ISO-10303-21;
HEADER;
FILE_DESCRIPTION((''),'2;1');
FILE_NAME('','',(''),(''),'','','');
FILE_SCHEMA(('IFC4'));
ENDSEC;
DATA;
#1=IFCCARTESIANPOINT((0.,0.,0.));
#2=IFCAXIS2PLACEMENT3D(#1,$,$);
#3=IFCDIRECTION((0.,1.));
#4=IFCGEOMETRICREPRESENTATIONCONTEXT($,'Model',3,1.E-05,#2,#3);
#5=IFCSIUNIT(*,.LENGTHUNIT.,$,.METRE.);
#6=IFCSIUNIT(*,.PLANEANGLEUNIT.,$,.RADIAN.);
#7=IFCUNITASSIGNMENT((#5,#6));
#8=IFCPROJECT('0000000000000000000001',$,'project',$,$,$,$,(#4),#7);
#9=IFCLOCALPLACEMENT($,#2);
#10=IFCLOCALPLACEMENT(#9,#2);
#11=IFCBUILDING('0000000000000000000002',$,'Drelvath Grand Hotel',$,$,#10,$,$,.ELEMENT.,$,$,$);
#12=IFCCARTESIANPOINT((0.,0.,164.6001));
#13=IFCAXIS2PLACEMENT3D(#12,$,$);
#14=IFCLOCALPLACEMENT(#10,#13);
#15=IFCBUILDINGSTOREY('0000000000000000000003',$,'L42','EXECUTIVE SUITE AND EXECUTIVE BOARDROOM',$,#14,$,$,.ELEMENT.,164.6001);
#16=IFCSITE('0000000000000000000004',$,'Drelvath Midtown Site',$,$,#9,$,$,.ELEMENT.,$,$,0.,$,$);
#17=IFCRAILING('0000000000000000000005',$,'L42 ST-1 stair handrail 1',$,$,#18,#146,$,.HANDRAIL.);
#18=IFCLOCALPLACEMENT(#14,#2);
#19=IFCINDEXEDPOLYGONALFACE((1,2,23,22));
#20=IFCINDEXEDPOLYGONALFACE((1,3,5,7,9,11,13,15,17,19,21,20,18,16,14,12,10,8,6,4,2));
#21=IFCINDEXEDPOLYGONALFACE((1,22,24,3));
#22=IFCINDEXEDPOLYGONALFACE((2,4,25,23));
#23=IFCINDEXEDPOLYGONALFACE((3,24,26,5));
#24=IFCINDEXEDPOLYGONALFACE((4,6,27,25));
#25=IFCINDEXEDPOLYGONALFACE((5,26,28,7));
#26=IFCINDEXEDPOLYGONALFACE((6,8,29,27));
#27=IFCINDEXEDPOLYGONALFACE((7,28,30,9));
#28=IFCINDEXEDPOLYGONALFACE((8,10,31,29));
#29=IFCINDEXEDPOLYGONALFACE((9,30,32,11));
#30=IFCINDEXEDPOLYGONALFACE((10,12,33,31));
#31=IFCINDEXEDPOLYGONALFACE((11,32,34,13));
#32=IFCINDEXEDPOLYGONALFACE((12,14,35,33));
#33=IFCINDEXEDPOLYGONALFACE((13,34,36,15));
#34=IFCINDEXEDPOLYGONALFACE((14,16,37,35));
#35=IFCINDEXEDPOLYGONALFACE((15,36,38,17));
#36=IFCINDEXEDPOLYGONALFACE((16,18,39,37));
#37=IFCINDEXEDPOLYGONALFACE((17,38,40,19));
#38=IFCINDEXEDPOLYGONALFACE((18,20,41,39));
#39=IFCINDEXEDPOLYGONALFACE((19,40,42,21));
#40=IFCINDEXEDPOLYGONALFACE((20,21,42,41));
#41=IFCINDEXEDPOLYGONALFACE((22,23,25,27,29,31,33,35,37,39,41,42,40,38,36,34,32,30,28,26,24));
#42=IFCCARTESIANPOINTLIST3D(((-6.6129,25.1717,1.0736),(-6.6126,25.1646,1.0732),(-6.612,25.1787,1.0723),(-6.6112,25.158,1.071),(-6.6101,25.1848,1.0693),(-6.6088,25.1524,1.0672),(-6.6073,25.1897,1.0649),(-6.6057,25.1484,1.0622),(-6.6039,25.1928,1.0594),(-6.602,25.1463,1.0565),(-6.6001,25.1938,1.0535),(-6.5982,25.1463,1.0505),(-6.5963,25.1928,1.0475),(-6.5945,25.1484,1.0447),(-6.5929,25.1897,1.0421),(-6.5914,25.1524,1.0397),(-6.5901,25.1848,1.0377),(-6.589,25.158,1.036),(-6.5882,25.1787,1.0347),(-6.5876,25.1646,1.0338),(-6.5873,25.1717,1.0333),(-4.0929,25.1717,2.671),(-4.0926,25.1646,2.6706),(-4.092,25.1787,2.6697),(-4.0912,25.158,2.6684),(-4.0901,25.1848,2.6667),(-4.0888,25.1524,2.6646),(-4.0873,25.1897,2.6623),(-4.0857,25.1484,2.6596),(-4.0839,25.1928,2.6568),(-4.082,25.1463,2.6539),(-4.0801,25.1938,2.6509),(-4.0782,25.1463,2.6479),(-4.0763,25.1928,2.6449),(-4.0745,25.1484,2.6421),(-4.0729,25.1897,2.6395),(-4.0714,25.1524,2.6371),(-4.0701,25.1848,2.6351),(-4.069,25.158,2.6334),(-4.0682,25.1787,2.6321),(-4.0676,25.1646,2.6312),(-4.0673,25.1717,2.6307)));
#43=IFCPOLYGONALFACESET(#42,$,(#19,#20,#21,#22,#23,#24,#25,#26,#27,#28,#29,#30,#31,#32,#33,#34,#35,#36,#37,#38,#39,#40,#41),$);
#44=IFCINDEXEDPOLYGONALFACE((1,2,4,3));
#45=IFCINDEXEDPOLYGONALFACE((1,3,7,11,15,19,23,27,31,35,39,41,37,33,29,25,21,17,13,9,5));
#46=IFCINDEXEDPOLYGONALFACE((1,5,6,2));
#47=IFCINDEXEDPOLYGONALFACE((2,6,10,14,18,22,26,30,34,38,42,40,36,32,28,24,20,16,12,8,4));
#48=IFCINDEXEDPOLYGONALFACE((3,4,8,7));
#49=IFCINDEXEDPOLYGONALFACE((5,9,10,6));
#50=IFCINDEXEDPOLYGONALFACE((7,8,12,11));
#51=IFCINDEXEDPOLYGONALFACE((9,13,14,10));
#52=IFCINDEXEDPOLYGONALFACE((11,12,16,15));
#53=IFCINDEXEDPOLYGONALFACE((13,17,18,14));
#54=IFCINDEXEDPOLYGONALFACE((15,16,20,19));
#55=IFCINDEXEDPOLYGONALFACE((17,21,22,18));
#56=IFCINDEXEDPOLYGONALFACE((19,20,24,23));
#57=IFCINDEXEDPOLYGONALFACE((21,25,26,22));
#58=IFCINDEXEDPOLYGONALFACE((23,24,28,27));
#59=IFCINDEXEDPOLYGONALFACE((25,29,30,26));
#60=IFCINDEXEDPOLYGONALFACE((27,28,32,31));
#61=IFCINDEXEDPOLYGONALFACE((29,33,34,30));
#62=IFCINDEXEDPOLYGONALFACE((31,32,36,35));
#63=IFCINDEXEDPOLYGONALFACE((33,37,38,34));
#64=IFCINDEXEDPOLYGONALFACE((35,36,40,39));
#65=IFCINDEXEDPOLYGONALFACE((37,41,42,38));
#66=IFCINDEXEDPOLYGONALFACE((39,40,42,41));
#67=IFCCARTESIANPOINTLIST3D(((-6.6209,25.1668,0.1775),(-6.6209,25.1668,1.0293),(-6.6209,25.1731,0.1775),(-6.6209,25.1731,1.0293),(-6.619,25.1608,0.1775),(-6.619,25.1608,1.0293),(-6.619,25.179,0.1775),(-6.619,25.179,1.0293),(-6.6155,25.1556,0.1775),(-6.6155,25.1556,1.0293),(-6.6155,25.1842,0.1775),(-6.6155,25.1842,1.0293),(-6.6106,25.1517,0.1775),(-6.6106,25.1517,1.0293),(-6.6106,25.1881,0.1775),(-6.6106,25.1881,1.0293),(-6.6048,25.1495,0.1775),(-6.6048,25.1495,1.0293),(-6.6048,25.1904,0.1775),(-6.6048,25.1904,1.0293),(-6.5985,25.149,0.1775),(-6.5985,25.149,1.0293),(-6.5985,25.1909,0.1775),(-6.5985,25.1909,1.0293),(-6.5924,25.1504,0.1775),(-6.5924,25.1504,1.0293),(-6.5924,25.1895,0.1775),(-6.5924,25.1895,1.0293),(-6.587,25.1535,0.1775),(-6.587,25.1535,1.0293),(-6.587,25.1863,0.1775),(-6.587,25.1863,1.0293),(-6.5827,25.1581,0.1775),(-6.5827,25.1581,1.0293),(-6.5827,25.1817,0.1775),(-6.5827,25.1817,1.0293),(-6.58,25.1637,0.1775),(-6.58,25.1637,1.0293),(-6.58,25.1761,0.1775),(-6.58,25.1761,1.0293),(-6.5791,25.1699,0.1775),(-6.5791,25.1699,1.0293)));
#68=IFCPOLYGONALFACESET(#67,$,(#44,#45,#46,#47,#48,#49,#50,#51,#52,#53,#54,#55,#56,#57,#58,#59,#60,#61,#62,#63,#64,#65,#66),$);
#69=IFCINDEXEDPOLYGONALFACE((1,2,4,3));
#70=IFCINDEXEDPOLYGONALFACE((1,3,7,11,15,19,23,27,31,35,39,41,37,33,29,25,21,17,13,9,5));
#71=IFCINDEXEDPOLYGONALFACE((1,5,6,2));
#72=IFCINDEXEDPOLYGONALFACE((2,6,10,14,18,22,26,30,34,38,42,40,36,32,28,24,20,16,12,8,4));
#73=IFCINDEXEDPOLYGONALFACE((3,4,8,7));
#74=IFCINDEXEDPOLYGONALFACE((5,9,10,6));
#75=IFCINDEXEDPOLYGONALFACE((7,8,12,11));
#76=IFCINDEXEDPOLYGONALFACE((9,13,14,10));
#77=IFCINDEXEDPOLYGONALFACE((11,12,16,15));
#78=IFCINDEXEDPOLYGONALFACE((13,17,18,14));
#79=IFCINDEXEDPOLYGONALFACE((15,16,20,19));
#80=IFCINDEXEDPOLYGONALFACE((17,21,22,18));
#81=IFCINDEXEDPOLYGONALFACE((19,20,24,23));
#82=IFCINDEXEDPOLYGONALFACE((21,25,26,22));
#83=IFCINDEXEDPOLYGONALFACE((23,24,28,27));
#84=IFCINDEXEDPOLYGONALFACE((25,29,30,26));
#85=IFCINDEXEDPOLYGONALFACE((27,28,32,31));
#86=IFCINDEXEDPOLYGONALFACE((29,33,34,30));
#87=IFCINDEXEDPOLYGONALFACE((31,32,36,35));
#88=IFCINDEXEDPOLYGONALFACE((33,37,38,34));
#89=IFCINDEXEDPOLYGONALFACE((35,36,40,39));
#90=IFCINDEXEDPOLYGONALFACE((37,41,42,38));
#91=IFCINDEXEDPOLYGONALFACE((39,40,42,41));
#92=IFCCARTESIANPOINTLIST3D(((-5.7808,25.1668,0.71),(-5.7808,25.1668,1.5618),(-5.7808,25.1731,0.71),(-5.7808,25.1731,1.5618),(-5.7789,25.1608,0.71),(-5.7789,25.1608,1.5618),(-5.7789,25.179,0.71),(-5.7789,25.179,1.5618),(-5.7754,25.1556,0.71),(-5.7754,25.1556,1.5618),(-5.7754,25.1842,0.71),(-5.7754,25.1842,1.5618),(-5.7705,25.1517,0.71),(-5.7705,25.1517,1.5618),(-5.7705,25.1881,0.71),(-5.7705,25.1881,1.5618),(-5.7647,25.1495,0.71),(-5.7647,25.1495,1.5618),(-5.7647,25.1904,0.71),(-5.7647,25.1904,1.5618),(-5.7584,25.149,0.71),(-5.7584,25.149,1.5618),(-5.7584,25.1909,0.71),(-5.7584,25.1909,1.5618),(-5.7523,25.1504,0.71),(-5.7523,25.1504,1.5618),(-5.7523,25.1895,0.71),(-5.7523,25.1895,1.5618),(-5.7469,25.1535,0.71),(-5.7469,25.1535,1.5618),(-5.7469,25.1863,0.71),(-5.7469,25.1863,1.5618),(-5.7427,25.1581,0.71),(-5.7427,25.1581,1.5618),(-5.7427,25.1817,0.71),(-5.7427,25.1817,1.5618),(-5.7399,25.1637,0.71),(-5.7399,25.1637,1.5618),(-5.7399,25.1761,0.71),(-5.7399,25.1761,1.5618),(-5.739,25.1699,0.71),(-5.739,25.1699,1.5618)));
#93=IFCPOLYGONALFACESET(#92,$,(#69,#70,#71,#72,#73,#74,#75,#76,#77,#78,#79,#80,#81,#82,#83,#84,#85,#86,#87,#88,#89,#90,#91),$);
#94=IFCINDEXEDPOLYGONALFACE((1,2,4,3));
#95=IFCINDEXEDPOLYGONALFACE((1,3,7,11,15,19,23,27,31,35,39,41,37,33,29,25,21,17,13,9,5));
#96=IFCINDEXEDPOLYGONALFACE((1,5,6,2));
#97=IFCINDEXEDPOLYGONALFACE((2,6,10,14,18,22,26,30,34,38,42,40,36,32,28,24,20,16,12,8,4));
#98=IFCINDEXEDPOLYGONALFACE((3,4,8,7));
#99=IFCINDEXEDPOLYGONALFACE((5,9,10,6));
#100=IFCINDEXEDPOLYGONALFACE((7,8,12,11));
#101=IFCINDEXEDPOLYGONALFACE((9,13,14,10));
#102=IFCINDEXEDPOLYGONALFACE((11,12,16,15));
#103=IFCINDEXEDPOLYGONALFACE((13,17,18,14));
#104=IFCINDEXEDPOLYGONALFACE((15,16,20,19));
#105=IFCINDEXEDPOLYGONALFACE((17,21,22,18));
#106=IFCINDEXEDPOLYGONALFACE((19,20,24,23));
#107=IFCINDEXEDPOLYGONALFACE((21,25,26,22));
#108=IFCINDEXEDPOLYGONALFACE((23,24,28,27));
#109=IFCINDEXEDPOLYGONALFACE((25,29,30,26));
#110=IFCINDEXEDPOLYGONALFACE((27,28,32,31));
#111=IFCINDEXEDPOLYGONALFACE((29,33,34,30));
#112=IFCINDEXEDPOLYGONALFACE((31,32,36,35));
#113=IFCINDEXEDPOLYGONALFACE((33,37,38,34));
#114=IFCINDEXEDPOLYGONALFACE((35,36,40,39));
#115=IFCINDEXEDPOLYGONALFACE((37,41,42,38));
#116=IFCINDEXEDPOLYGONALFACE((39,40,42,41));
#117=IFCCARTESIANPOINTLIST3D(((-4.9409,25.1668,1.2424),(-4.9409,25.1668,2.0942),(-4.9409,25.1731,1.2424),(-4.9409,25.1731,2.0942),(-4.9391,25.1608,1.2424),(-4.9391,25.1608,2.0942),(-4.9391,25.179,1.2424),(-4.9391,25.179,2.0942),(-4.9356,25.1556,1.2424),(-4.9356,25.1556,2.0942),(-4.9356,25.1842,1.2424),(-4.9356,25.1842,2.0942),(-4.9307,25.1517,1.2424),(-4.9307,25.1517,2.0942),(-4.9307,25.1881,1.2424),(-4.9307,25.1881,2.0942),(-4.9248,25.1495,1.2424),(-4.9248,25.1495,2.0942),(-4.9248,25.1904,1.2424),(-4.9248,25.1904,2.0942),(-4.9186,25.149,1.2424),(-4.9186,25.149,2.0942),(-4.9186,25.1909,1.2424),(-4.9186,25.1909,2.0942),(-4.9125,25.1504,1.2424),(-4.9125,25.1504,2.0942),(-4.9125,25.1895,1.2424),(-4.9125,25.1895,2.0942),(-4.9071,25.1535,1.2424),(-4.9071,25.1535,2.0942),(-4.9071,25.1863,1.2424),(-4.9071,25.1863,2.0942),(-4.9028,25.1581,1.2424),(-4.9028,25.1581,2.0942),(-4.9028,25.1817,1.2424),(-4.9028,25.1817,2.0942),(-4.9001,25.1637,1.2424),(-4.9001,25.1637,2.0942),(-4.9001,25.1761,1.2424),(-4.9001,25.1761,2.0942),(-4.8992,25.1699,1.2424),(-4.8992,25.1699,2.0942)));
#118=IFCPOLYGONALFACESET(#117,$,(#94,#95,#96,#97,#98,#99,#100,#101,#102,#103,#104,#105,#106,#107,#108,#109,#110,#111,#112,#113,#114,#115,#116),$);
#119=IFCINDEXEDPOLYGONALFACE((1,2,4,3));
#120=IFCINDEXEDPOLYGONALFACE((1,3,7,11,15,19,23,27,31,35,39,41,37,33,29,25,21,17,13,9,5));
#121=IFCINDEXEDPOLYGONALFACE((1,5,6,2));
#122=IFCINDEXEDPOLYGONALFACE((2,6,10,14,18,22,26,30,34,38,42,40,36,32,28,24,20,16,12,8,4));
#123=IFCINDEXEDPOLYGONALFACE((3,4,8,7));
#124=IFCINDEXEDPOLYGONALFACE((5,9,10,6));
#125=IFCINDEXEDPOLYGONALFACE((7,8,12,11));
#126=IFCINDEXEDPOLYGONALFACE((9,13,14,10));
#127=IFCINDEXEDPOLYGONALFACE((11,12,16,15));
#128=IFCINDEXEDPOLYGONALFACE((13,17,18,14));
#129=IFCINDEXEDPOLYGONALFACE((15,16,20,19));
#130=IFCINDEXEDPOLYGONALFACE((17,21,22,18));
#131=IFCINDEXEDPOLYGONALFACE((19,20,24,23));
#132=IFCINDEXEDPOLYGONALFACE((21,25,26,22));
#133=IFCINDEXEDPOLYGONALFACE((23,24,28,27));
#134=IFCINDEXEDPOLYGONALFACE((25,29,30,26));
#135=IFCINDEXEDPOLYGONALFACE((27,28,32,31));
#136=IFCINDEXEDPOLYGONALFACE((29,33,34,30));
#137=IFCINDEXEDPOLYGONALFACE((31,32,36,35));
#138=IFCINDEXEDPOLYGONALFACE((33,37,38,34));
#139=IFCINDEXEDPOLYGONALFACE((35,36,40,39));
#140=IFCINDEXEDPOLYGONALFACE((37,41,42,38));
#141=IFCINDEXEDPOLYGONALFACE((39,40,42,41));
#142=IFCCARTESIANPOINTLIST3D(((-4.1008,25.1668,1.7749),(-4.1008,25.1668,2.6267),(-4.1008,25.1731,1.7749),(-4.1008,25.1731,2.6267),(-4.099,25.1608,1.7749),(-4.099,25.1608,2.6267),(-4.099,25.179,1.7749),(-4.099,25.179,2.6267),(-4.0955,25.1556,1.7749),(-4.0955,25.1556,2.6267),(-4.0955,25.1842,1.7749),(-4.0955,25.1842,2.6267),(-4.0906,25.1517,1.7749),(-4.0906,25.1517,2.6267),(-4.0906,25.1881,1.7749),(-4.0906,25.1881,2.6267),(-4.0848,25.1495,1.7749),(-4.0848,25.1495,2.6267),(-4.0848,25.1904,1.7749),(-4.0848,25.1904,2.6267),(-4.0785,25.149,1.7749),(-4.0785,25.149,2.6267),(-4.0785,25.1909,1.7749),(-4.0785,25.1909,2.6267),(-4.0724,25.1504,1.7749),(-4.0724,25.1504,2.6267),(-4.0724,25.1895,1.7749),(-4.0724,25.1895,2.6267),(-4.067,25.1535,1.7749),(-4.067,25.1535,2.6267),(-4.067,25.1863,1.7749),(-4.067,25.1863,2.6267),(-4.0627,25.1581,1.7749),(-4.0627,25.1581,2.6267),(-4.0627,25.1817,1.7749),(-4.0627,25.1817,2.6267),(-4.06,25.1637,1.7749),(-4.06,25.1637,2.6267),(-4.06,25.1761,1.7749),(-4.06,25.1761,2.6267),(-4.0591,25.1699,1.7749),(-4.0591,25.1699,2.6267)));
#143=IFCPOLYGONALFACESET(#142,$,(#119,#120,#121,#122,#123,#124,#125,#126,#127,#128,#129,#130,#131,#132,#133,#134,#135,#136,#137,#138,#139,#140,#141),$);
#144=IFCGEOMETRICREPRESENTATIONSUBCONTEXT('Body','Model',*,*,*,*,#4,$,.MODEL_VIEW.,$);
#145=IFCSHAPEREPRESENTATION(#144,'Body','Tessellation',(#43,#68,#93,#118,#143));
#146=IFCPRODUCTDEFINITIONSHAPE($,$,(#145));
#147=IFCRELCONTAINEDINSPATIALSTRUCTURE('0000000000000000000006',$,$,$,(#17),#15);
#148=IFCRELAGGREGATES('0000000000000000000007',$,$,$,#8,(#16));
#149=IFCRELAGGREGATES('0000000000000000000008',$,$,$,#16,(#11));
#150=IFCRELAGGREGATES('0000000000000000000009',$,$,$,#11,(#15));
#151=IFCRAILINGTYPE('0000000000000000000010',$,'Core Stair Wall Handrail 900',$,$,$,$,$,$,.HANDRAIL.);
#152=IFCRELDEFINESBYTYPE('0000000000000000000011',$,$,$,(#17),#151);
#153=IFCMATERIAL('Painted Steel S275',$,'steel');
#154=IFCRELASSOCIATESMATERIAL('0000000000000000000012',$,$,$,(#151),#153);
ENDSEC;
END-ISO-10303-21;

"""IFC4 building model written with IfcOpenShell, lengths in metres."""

from ifc_helpers import new_model, si_unit, direction, frame, origin, origin_2d, place, context, subcontext, project, spatial, circle, extrude, material, type_object, element, save


model = new_model("IFC4")

# Units and contexts
model_context = context("Model", 3, precision=1e-05, world=origin(), true_north=direction((0.0, 1.0)))
body_context = subcontext(model_context, "Body", "Model", "MODEL_VIEW")
ifc_project = project(units=[si_unit("LENGTHUNIT", "METRE"), si_unit("PLANEANGLEUNIT", "RADIAN")], contexts=[model_context])

# Site, building, storey
site_placement = place(None, origin())
site = spatial("IfcSite", under=ifc_project, at=site_placement, Name="Drelvath Midtown Site", CompositionType="ELEMENT", RefElevation=0.0)
building_placement = place(site_placement, origin())
building = spatial("IfcBuilding", under=site, at=building_placement, Name="Drelvath Grand Hotel", CompositionType="ELEMENT")
storey_placement = place(building_placement, frame((0.0, 0.0, 164.6001)))
storey = spatial("IfcBuildingStorey", under=building, at=storey_placement, Name="L42", Description="EXECUTIVE SUITE AND EXECUTIVE BOARDROOM", CompositionType="ELEMENT", Elevation=164.6001)

# Railing
ifc_material_1 = material(Name="Painted Steel S275", Category="steel")
railing_type_1 = type_object("IfcRailingType", Name="Core Stair Wall Handrail 900", PredefinedType="HANDRAIL", material=ifc_material_1)
railing_1_placement = place(storey_placement, frame((-6.6001, 25.1699, 0.1775)))
element("IfcRailing", 1, at=railing_1_placement, inside=storey, type_object=railing_type_1, Name="L42 ST-1 stair handrail 1", PredefinedType="HANDRAIL", context=body_context, shape_type="SweptSolid", body=[
    extrude(circle(Radius=0.0239, at=origin_2d()), frame((0.0, 0.0, 0.876), z_axis=(0.844607, 0.0, 0.535387), x_axis=(0.0, 1.0, 0.0)), (0.0, 0.0, 1.0), 2.9836),
    extrude(circle(Radius=0.021, at=origin_2d()), origin(), (0.0, 0.0, 1.0), 0.8518),
    extrude(circle(Radius=0.021, at=origin_2d()), frame((0.8401, 0.0, 0.5325)), (0.0, 0.0, 1.0), 0.8518),
    extrude(circle(Radius=0.021, at=origin_2d()), frame((1.6799, 0.0, 1.0649)), (0.0, 0.0, 1.0), 0.8518),
    extrude(circle(Radius=0.021, at=origin_2d()), frame((2.52, 0.0, 1.5974)), (0.0, 0.0, 1.0), 0.8518),
])

save(model, "model.ifc")
